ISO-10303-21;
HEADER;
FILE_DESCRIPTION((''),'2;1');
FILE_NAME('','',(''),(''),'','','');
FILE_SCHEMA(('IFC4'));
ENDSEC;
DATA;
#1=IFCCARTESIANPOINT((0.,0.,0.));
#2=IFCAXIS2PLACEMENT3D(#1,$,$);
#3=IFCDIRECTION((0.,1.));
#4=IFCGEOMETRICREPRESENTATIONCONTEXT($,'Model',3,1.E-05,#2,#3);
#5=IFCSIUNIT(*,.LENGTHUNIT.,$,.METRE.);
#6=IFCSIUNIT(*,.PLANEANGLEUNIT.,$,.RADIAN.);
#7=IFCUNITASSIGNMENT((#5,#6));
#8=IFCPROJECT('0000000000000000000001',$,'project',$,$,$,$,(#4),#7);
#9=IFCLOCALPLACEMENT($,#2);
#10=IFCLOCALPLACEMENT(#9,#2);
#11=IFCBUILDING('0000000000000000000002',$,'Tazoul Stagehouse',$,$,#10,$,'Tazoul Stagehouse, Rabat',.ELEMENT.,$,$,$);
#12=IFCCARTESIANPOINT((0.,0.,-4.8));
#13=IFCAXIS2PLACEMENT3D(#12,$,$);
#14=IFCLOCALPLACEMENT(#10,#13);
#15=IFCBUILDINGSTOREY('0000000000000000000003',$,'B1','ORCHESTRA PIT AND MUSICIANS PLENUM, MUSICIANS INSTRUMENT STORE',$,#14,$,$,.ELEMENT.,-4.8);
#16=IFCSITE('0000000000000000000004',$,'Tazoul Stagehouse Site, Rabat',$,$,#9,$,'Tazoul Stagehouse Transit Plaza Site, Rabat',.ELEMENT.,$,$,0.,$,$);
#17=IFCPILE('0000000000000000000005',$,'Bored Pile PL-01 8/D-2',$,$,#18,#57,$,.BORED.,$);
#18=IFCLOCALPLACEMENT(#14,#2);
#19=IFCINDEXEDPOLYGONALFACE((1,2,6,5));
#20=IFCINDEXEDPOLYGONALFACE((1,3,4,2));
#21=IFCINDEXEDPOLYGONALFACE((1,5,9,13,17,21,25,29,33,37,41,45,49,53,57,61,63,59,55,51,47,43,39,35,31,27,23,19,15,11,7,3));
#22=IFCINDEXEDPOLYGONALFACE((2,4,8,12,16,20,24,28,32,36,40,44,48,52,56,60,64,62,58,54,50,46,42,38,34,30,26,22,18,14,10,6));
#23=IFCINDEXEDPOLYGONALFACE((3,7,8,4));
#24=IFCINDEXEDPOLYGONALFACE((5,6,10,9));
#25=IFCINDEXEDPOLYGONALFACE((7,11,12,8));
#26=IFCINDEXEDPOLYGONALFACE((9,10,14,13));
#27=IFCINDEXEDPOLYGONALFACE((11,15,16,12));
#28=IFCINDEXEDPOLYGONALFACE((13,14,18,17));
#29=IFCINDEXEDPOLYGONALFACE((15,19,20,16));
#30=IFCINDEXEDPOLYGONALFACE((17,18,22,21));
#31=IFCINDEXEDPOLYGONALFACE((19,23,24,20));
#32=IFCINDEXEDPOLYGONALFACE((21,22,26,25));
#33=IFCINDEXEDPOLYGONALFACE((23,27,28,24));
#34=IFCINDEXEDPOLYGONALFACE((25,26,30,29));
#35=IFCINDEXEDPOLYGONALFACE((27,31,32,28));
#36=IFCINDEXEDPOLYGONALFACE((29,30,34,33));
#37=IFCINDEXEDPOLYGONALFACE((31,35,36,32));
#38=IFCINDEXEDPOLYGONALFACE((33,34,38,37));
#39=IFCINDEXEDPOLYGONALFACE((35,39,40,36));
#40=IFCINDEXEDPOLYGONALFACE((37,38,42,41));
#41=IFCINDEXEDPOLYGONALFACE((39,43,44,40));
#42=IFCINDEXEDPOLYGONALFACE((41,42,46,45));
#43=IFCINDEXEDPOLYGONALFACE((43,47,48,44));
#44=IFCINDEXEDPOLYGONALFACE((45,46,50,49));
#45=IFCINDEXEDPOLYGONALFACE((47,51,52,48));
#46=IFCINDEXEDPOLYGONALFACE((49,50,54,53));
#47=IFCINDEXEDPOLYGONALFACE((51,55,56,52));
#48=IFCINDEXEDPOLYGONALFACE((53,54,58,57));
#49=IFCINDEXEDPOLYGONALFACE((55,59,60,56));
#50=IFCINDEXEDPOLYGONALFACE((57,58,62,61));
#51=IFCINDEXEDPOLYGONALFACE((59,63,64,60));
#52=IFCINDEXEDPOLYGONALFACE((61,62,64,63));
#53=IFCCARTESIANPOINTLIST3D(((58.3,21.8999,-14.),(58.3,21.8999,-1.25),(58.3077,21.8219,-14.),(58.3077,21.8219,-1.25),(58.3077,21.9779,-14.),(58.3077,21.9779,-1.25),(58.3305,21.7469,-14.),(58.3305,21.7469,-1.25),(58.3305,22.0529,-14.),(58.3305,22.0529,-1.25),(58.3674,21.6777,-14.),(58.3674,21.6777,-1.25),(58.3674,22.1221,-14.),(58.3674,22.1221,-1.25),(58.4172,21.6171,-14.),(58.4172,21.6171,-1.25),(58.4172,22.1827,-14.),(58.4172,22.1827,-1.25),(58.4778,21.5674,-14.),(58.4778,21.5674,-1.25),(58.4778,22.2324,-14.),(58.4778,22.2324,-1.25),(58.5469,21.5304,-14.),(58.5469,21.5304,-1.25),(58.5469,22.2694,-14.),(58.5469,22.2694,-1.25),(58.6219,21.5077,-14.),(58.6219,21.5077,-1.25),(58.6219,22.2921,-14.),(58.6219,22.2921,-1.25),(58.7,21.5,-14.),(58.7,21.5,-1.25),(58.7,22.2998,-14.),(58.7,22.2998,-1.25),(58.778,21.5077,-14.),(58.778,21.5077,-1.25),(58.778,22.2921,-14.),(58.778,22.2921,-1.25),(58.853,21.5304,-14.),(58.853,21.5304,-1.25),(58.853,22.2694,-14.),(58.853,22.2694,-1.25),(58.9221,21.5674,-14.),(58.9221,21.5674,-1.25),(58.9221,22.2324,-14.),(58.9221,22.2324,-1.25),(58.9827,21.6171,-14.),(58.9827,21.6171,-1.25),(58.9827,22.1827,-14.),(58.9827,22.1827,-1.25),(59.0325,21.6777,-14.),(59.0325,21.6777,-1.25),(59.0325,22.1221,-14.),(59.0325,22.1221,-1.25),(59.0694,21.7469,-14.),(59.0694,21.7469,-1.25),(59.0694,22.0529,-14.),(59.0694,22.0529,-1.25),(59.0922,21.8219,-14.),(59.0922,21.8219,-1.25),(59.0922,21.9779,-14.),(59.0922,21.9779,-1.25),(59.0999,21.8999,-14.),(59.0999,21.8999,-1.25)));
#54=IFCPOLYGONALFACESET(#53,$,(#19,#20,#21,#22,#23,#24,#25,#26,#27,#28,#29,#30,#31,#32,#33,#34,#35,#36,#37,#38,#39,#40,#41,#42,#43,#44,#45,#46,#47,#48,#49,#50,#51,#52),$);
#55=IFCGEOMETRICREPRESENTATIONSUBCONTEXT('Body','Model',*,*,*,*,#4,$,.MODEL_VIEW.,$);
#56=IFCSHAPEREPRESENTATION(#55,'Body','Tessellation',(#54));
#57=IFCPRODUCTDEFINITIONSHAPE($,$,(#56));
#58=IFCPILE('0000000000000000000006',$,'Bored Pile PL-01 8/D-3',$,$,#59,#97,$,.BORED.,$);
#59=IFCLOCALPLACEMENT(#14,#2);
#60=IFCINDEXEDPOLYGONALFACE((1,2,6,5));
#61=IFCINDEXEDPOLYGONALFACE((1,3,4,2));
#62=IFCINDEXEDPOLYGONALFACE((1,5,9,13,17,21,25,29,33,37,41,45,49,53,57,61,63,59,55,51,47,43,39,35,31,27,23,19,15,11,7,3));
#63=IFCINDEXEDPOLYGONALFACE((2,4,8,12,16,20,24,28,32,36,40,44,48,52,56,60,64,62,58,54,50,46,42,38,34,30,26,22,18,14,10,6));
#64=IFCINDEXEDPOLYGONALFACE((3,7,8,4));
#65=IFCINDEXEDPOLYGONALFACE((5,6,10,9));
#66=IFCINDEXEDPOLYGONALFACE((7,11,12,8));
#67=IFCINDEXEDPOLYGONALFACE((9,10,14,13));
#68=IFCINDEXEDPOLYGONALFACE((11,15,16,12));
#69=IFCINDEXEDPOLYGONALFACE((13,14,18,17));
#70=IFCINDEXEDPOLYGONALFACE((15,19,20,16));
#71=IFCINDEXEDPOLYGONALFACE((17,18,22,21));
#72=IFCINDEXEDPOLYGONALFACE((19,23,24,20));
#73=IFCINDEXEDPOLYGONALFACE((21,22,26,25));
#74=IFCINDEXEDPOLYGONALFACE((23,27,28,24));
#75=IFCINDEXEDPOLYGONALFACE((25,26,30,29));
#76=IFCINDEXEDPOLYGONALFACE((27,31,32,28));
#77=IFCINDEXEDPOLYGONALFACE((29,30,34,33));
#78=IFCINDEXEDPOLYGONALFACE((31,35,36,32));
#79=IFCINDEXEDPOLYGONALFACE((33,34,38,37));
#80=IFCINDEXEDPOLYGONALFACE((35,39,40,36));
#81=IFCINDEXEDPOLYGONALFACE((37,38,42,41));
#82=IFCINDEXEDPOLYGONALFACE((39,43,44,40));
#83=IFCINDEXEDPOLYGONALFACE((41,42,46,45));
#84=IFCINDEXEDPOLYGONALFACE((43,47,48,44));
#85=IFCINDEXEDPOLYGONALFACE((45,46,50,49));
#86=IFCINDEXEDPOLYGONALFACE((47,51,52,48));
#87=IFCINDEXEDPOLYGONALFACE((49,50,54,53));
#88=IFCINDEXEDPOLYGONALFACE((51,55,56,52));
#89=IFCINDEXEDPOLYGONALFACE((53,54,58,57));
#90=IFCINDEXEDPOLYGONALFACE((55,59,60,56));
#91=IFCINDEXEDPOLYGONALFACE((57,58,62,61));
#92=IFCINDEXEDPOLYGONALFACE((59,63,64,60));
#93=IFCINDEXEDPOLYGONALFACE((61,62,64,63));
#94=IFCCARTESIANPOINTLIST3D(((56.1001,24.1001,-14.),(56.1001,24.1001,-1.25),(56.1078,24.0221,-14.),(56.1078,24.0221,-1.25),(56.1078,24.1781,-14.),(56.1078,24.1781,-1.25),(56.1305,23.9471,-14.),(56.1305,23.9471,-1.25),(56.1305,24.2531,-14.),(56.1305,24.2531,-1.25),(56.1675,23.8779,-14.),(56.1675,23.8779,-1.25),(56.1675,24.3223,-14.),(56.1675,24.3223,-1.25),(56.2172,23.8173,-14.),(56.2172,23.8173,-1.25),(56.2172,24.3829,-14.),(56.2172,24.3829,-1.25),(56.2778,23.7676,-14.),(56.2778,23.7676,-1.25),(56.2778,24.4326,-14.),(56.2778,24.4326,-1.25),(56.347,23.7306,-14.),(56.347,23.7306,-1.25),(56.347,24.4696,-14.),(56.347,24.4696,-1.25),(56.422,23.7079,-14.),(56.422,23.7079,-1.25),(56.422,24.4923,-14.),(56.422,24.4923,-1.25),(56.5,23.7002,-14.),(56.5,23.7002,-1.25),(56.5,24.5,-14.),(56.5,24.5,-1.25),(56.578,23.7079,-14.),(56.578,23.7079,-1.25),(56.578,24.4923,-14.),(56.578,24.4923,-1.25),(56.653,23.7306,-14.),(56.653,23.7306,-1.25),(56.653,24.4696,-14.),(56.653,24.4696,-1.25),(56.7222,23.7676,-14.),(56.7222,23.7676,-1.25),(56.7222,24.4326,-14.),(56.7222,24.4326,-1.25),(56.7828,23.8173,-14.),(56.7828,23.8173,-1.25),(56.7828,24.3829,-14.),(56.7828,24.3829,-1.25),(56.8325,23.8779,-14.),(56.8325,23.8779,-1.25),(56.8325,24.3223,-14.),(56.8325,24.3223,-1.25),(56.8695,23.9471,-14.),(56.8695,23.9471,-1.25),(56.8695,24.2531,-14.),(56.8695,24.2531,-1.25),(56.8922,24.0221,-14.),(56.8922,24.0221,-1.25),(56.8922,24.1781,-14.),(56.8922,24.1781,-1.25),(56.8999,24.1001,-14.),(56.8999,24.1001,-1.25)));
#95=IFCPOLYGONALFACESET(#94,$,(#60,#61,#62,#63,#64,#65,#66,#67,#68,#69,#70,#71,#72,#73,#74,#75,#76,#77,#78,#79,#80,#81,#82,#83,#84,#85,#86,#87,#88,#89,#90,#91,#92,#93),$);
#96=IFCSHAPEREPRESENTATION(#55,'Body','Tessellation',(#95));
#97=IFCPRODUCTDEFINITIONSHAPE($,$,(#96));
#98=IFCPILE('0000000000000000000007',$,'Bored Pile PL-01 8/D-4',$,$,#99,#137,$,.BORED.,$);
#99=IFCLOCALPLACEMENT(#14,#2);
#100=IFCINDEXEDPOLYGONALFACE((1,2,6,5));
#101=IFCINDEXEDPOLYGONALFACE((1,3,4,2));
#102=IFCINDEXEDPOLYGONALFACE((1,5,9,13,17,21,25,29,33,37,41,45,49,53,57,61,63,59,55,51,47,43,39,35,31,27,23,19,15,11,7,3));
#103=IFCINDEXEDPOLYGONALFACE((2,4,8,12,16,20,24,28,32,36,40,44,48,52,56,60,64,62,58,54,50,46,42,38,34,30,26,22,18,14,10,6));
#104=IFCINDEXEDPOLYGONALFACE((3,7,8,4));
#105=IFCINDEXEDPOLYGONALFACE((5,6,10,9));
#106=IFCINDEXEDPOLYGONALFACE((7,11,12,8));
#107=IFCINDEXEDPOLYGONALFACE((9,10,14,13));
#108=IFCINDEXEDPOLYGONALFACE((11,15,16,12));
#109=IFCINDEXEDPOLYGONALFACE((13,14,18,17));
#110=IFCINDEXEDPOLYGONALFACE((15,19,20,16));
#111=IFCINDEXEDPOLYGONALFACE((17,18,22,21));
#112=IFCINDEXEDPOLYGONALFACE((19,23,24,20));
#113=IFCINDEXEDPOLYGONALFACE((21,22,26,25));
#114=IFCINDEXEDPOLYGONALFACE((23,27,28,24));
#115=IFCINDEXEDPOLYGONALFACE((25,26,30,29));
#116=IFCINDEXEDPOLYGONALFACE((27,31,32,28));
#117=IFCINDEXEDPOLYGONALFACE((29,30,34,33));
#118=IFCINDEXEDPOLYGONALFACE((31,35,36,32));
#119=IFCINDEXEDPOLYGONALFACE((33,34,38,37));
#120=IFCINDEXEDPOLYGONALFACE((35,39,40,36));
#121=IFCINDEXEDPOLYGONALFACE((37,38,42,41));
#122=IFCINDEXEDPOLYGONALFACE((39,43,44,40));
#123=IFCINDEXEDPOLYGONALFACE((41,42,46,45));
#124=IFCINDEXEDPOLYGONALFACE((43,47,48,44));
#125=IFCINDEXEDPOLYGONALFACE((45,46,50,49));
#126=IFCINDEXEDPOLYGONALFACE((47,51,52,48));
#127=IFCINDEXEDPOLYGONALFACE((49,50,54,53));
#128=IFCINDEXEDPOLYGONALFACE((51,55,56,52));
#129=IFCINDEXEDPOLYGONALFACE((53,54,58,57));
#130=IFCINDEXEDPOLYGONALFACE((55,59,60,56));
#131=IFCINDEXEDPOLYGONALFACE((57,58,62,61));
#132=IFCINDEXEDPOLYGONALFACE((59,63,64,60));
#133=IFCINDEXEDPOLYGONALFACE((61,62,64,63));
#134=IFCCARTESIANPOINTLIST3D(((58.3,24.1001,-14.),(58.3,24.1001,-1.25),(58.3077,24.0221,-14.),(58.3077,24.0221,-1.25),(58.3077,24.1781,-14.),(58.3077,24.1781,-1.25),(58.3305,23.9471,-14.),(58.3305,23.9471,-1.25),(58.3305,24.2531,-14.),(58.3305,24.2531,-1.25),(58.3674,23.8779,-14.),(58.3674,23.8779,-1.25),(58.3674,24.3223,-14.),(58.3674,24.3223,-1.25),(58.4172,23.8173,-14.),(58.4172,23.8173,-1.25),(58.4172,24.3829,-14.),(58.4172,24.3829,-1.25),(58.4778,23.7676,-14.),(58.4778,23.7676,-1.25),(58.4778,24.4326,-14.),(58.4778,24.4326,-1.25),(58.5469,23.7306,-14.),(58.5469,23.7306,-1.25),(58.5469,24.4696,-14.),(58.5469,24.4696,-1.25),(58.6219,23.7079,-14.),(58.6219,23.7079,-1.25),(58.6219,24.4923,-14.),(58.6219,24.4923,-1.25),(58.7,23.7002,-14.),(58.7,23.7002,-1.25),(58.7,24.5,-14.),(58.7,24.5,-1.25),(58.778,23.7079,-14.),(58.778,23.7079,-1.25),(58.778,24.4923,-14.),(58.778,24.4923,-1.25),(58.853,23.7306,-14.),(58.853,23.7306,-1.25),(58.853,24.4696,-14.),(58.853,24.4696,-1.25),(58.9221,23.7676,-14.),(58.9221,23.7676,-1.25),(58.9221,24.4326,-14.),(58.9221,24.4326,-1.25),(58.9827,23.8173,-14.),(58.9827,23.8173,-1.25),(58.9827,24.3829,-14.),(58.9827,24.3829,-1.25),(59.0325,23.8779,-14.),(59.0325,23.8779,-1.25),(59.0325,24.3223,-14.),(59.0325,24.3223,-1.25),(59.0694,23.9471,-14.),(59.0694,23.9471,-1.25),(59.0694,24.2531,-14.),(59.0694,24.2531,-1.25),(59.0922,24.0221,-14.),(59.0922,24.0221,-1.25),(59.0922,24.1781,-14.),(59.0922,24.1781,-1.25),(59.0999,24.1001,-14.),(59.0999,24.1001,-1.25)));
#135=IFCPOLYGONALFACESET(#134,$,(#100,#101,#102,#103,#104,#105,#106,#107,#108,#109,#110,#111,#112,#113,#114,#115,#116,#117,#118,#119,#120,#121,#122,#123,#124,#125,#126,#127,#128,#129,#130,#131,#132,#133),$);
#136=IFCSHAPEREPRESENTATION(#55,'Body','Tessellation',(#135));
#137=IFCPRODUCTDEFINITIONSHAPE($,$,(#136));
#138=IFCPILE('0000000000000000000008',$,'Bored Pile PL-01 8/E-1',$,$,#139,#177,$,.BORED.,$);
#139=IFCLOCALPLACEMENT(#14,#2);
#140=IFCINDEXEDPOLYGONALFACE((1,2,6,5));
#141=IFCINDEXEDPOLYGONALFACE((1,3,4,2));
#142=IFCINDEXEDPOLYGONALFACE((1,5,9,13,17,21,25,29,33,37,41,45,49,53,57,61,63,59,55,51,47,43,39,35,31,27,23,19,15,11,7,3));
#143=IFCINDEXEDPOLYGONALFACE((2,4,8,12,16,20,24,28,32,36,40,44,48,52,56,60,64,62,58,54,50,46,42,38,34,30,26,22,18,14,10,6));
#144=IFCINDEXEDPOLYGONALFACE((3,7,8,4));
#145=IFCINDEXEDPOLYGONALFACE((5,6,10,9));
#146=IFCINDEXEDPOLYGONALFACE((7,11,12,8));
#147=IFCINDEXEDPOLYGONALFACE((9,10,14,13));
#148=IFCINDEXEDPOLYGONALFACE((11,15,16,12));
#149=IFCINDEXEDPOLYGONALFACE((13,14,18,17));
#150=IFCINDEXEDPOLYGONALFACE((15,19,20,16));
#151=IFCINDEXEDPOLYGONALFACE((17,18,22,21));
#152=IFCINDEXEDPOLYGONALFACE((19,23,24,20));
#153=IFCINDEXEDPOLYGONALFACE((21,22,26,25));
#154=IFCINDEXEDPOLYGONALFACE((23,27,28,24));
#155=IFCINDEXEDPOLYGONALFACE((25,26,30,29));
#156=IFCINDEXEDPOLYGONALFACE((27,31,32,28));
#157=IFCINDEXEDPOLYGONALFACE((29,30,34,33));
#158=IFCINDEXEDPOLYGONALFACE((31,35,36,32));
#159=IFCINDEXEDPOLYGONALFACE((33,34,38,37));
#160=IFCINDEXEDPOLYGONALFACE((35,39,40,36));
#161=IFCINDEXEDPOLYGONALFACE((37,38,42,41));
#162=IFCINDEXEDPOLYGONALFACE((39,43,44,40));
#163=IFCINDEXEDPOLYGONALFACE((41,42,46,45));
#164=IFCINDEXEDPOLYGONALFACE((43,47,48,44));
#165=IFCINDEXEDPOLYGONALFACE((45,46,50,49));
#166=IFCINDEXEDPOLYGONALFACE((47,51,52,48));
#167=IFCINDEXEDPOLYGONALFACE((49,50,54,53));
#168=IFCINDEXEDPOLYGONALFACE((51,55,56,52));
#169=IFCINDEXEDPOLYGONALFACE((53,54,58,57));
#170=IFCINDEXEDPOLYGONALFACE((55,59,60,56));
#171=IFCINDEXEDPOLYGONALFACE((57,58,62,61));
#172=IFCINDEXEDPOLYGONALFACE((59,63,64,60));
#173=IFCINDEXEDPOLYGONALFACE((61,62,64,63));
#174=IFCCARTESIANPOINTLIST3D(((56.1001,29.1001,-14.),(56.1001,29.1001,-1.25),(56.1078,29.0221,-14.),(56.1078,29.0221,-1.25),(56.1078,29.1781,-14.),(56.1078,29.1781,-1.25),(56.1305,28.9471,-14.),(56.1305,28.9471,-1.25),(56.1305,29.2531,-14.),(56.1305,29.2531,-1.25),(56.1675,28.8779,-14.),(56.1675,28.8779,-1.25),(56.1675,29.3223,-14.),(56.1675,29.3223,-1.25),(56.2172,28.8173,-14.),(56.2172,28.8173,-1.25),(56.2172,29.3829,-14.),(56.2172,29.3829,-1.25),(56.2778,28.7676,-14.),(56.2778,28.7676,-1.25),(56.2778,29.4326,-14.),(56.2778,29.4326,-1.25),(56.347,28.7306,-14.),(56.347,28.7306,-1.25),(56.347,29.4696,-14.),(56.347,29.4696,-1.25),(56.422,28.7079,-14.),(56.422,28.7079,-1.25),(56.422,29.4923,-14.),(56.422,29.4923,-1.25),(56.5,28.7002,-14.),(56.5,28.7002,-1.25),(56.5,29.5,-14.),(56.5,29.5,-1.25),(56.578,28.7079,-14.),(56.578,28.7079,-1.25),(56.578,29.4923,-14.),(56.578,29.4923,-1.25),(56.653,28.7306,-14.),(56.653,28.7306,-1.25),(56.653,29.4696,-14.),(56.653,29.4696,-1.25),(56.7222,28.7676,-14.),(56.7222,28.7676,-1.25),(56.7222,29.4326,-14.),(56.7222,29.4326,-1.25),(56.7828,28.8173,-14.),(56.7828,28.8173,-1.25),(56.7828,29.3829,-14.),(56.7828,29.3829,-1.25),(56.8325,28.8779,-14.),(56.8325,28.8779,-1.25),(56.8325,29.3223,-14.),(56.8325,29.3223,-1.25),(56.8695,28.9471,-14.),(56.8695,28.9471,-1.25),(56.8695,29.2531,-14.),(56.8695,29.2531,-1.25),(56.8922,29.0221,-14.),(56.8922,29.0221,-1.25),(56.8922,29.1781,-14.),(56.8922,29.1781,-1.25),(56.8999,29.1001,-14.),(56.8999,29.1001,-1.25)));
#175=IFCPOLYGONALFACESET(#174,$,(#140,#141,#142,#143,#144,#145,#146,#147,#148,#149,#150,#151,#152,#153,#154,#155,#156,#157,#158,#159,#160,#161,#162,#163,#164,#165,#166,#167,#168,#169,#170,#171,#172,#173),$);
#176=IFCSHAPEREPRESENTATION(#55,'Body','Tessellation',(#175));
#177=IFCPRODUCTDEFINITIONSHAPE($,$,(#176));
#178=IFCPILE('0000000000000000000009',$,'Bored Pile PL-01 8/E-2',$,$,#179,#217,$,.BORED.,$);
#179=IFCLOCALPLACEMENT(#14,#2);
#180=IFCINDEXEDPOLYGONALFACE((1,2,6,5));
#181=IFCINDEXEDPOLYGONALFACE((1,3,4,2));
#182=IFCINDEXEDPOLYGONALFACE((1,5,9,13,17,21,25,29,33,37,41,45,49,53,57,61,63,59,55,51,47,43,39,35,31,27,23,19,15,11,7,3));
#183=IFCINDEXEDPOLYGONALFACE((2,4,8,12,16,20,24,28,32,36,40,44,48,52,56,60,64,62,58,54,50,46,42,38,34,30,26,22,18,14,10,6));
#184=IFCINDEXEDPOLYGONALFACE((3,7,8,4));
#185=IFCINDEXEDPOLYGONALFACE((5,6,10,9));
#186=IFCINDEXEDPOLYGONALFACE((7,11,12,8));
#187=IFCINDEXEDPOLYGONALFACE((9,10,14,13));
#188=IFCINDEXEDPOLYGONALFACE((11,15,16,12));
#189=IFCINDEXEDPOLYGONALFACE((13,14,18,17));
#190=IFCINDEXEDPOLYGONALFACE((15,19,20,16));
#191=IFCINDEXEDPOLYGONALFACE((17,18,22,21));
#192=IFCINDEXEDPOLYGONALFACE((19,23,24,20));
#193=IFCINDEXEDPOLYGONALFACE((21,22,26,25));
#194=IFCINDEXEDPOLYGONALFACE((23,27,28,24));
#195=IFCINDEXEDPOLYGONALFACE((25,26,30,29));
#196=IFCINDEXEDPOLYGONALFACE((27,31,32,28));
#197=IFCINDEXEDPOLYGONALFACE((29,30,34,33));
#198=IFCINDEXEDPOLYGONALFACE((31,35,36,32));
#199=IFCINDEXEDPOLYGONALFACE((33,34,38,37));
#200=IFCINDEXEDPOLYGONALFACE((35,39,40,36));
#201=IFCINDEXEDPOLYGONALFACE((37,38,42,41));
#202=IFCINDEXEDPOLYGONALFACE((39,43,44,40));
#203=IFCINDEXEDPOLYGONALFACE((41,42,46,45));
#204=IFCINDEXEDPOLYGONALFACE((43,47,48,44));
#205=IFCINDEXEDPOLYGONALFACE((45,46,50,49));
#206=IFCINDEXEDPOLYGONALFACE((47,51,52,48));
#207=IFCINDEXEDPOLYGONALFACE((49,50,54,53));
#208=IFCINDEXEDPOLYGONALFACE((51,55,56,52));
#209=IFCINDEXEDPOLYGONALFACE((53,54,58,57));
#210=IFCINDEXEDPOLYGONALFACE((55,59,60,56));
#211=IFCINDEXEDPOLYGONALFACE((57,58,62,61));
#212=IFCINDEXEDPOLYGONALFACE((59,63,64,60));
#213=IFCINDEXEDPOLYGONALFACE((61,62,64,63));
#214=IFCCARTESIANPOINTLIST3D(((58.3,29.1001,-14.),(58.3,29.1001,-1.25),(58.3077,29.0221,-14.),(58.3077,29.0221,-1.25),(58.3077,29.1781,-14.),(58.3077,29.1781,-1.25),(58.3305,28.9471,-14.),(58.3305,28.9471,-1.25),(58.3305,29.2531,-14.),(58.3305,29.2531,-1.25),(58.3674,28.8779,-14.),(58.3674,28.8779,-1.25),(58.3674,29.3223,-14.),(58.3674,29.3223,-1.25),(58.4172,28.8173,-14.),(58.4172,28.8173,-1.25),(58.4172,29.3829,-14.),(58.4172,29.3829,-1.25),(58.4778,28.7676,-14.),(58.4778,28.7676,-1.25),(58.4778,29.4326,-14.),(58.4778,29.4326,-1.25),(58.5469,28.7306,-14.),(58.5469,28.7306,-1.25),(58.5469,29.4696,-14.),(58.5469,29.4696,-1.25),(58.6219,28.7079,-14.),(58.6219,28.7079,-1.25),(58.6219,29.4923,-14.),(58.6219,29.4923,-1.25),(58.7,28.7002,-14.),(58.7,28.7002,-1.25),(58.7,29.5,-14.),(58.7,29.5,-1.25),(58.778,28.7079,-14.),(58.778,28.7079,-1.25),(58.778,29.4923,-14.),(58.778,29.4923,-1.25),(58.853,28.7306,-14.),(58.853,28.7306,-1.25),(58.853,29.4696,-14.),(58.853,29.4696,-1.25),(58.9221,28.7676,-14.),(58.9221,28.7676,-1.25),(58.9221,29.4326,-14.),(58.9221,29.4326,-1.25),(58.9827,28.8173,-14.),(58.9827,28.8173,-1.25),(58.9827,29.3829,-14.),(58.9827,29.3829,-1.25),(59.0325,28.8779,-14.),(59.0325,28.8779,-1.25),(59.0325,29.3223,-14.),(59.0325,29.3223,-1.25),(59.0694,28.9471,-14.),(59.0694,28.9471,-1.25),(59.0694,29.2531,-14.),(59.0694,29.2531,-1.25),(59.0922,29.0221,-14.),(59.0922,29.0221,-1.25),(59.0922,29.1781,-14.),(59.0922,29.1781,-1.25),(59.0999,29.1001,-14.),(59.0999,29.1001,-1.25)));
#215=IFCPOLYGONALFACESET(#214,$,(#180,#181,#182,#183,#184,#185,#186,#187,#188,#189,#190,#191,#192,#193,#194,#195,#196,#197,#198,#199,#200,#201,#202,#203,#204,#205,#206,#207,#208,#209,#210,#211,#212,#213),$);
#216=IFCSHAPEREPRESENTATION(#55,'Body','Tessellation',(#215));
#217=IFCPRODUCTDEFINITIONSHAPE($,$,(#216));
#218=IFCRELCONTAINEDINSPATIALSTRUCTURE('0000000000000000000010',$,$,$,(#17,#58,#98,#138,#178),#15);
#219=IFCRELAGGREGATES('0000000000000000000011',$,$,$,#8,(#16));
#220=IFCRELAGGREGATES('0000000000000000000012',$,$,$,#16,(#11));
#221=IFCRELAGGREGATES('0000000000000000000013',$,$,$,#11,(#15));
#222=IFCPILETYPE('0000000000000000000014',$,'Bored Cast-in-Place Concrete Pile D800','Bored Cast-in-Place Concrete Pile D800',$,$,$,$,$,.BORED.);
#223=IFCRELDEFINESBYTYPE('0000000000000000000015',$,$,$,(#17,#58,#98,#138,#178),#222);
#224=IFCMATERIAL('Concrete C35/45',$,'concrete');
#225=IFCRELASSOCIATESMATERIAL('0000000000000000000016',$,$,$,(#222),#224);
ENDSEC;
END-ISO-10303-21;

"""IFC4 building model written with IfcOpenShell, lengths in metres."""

from ifc_helpers import new_model, si_unit, direction, frame, origin, origin_2d, place, context, subcontext, project, spatial, circle, extrude, material, material_profile, profile_set, type_object, element, save


model = new_model("IFC4")

# Units and contexts
model_context = context("Model", 3, precision=1e-05, world=origin(), true_north=direction((0.0, 1.0)))
body_context = subcontext(model_context, "Body", "Model", "MODEL_VIEW")
ifc_project = project(units=[si_unit("LENGTHUNIT", "METRE"), si_unit("PLANEANGLEUNIT", "RADIAN")], contexts=[model_context])

# Site, building, storey
site_placement = place(None, origin())
site = spatial("IfcSite", under=ifc_project, at=site_placement, Name="Tazoul Stagehouse Site, Rabat", LongName="Tazoul Stagehouse Transit Plaza Site, Rabat", CompositionType="ELEMENT", RefElevation=0.0)
building_placement = place(site_placement, origin())
building = spatial("IfcBuilding", under=site, at=building_placement, Name="Tazoul Stagehouse", LongName="Tazoul Stagehouse, Rabat", CompositionType="ELEMENT")
storey_placement = place(building_placement, frame((0.0, 0.0, -4.8)))
storey = spatial("IfcBuildingStorey", under=building, at=storey_placement, Name="B1", Description="ORCHESTRA PIT AND MUSICIANS PLENUM, MUSICIANS INSTRUMENT STORE", CompositionType="ELEMENT", Elevation=-4.8)

# Piles
ifc_material_1 = material(Name="Concrete C35/45", Category="concrete")
ifc_material_profile_1 = material_profile(ifc_material_1, circle(Radius=0.3999, at=origin_2d()), Name="BORED PILE 800")
ifc_profile_set_1 = profile_set([ifc_material_profile_1], Name="Concrete C35/45")
pile_type = type_object("IfcPileType", Name="Bored Cast-in-Place Concrete Pile D800", Description="Bored Cast-in-Place Concrete Pile D800", PredefinedType="BORED", material=ifc_profile_set_1)
for number, where, z_axis, x_axis, name in (
    (1, (58.7, 21.8999, -1.25), (0.0, 0.0, -1.0), (1.0, 0.0, 0.0), "Bored Pile PL-01 8/D-2"),
    (2, (56.5, 24.1001, -1.25), (0.0, 0.0, -1.0), (1.0, 0.0, 0.0), "Bored Pile PL-01 8/D-3"),
    (3, (58.7, 24.1001, -1.25), (0.0, 0.0, -1.0), (1.0, 0.0, 0.0), "Bored Pile PL-01 8/D-4"),
    (4, (56.5, 29.1001, -1.25), (0.0, 0.0, -1.0), (1.0, 0.0, 0.0), "Bored Pile PL-01 8/E-1"),
    (5, (58.7, 29.1001, -1.25), (0.0, 0.0, -1.0), (1.0, 0.0, 0.0), "Bored Pile PL-01 8/E-2"),
):
    element("IfcPile", number, at=place(storey_placement, frame(where, z_axis=z_axis, x_axis=x_axis)), inside=storey, type_object=pile_type, Name=name, PredefinedType="BORED", context=body_context, shape_type="SweptSolid", body=[
        extrude(circle(Radius=0.3999, at=origin_2d()), origin(), (0.0, 0.0, 1.0), 12.75),
    ])

save(model, "model.ifc")
